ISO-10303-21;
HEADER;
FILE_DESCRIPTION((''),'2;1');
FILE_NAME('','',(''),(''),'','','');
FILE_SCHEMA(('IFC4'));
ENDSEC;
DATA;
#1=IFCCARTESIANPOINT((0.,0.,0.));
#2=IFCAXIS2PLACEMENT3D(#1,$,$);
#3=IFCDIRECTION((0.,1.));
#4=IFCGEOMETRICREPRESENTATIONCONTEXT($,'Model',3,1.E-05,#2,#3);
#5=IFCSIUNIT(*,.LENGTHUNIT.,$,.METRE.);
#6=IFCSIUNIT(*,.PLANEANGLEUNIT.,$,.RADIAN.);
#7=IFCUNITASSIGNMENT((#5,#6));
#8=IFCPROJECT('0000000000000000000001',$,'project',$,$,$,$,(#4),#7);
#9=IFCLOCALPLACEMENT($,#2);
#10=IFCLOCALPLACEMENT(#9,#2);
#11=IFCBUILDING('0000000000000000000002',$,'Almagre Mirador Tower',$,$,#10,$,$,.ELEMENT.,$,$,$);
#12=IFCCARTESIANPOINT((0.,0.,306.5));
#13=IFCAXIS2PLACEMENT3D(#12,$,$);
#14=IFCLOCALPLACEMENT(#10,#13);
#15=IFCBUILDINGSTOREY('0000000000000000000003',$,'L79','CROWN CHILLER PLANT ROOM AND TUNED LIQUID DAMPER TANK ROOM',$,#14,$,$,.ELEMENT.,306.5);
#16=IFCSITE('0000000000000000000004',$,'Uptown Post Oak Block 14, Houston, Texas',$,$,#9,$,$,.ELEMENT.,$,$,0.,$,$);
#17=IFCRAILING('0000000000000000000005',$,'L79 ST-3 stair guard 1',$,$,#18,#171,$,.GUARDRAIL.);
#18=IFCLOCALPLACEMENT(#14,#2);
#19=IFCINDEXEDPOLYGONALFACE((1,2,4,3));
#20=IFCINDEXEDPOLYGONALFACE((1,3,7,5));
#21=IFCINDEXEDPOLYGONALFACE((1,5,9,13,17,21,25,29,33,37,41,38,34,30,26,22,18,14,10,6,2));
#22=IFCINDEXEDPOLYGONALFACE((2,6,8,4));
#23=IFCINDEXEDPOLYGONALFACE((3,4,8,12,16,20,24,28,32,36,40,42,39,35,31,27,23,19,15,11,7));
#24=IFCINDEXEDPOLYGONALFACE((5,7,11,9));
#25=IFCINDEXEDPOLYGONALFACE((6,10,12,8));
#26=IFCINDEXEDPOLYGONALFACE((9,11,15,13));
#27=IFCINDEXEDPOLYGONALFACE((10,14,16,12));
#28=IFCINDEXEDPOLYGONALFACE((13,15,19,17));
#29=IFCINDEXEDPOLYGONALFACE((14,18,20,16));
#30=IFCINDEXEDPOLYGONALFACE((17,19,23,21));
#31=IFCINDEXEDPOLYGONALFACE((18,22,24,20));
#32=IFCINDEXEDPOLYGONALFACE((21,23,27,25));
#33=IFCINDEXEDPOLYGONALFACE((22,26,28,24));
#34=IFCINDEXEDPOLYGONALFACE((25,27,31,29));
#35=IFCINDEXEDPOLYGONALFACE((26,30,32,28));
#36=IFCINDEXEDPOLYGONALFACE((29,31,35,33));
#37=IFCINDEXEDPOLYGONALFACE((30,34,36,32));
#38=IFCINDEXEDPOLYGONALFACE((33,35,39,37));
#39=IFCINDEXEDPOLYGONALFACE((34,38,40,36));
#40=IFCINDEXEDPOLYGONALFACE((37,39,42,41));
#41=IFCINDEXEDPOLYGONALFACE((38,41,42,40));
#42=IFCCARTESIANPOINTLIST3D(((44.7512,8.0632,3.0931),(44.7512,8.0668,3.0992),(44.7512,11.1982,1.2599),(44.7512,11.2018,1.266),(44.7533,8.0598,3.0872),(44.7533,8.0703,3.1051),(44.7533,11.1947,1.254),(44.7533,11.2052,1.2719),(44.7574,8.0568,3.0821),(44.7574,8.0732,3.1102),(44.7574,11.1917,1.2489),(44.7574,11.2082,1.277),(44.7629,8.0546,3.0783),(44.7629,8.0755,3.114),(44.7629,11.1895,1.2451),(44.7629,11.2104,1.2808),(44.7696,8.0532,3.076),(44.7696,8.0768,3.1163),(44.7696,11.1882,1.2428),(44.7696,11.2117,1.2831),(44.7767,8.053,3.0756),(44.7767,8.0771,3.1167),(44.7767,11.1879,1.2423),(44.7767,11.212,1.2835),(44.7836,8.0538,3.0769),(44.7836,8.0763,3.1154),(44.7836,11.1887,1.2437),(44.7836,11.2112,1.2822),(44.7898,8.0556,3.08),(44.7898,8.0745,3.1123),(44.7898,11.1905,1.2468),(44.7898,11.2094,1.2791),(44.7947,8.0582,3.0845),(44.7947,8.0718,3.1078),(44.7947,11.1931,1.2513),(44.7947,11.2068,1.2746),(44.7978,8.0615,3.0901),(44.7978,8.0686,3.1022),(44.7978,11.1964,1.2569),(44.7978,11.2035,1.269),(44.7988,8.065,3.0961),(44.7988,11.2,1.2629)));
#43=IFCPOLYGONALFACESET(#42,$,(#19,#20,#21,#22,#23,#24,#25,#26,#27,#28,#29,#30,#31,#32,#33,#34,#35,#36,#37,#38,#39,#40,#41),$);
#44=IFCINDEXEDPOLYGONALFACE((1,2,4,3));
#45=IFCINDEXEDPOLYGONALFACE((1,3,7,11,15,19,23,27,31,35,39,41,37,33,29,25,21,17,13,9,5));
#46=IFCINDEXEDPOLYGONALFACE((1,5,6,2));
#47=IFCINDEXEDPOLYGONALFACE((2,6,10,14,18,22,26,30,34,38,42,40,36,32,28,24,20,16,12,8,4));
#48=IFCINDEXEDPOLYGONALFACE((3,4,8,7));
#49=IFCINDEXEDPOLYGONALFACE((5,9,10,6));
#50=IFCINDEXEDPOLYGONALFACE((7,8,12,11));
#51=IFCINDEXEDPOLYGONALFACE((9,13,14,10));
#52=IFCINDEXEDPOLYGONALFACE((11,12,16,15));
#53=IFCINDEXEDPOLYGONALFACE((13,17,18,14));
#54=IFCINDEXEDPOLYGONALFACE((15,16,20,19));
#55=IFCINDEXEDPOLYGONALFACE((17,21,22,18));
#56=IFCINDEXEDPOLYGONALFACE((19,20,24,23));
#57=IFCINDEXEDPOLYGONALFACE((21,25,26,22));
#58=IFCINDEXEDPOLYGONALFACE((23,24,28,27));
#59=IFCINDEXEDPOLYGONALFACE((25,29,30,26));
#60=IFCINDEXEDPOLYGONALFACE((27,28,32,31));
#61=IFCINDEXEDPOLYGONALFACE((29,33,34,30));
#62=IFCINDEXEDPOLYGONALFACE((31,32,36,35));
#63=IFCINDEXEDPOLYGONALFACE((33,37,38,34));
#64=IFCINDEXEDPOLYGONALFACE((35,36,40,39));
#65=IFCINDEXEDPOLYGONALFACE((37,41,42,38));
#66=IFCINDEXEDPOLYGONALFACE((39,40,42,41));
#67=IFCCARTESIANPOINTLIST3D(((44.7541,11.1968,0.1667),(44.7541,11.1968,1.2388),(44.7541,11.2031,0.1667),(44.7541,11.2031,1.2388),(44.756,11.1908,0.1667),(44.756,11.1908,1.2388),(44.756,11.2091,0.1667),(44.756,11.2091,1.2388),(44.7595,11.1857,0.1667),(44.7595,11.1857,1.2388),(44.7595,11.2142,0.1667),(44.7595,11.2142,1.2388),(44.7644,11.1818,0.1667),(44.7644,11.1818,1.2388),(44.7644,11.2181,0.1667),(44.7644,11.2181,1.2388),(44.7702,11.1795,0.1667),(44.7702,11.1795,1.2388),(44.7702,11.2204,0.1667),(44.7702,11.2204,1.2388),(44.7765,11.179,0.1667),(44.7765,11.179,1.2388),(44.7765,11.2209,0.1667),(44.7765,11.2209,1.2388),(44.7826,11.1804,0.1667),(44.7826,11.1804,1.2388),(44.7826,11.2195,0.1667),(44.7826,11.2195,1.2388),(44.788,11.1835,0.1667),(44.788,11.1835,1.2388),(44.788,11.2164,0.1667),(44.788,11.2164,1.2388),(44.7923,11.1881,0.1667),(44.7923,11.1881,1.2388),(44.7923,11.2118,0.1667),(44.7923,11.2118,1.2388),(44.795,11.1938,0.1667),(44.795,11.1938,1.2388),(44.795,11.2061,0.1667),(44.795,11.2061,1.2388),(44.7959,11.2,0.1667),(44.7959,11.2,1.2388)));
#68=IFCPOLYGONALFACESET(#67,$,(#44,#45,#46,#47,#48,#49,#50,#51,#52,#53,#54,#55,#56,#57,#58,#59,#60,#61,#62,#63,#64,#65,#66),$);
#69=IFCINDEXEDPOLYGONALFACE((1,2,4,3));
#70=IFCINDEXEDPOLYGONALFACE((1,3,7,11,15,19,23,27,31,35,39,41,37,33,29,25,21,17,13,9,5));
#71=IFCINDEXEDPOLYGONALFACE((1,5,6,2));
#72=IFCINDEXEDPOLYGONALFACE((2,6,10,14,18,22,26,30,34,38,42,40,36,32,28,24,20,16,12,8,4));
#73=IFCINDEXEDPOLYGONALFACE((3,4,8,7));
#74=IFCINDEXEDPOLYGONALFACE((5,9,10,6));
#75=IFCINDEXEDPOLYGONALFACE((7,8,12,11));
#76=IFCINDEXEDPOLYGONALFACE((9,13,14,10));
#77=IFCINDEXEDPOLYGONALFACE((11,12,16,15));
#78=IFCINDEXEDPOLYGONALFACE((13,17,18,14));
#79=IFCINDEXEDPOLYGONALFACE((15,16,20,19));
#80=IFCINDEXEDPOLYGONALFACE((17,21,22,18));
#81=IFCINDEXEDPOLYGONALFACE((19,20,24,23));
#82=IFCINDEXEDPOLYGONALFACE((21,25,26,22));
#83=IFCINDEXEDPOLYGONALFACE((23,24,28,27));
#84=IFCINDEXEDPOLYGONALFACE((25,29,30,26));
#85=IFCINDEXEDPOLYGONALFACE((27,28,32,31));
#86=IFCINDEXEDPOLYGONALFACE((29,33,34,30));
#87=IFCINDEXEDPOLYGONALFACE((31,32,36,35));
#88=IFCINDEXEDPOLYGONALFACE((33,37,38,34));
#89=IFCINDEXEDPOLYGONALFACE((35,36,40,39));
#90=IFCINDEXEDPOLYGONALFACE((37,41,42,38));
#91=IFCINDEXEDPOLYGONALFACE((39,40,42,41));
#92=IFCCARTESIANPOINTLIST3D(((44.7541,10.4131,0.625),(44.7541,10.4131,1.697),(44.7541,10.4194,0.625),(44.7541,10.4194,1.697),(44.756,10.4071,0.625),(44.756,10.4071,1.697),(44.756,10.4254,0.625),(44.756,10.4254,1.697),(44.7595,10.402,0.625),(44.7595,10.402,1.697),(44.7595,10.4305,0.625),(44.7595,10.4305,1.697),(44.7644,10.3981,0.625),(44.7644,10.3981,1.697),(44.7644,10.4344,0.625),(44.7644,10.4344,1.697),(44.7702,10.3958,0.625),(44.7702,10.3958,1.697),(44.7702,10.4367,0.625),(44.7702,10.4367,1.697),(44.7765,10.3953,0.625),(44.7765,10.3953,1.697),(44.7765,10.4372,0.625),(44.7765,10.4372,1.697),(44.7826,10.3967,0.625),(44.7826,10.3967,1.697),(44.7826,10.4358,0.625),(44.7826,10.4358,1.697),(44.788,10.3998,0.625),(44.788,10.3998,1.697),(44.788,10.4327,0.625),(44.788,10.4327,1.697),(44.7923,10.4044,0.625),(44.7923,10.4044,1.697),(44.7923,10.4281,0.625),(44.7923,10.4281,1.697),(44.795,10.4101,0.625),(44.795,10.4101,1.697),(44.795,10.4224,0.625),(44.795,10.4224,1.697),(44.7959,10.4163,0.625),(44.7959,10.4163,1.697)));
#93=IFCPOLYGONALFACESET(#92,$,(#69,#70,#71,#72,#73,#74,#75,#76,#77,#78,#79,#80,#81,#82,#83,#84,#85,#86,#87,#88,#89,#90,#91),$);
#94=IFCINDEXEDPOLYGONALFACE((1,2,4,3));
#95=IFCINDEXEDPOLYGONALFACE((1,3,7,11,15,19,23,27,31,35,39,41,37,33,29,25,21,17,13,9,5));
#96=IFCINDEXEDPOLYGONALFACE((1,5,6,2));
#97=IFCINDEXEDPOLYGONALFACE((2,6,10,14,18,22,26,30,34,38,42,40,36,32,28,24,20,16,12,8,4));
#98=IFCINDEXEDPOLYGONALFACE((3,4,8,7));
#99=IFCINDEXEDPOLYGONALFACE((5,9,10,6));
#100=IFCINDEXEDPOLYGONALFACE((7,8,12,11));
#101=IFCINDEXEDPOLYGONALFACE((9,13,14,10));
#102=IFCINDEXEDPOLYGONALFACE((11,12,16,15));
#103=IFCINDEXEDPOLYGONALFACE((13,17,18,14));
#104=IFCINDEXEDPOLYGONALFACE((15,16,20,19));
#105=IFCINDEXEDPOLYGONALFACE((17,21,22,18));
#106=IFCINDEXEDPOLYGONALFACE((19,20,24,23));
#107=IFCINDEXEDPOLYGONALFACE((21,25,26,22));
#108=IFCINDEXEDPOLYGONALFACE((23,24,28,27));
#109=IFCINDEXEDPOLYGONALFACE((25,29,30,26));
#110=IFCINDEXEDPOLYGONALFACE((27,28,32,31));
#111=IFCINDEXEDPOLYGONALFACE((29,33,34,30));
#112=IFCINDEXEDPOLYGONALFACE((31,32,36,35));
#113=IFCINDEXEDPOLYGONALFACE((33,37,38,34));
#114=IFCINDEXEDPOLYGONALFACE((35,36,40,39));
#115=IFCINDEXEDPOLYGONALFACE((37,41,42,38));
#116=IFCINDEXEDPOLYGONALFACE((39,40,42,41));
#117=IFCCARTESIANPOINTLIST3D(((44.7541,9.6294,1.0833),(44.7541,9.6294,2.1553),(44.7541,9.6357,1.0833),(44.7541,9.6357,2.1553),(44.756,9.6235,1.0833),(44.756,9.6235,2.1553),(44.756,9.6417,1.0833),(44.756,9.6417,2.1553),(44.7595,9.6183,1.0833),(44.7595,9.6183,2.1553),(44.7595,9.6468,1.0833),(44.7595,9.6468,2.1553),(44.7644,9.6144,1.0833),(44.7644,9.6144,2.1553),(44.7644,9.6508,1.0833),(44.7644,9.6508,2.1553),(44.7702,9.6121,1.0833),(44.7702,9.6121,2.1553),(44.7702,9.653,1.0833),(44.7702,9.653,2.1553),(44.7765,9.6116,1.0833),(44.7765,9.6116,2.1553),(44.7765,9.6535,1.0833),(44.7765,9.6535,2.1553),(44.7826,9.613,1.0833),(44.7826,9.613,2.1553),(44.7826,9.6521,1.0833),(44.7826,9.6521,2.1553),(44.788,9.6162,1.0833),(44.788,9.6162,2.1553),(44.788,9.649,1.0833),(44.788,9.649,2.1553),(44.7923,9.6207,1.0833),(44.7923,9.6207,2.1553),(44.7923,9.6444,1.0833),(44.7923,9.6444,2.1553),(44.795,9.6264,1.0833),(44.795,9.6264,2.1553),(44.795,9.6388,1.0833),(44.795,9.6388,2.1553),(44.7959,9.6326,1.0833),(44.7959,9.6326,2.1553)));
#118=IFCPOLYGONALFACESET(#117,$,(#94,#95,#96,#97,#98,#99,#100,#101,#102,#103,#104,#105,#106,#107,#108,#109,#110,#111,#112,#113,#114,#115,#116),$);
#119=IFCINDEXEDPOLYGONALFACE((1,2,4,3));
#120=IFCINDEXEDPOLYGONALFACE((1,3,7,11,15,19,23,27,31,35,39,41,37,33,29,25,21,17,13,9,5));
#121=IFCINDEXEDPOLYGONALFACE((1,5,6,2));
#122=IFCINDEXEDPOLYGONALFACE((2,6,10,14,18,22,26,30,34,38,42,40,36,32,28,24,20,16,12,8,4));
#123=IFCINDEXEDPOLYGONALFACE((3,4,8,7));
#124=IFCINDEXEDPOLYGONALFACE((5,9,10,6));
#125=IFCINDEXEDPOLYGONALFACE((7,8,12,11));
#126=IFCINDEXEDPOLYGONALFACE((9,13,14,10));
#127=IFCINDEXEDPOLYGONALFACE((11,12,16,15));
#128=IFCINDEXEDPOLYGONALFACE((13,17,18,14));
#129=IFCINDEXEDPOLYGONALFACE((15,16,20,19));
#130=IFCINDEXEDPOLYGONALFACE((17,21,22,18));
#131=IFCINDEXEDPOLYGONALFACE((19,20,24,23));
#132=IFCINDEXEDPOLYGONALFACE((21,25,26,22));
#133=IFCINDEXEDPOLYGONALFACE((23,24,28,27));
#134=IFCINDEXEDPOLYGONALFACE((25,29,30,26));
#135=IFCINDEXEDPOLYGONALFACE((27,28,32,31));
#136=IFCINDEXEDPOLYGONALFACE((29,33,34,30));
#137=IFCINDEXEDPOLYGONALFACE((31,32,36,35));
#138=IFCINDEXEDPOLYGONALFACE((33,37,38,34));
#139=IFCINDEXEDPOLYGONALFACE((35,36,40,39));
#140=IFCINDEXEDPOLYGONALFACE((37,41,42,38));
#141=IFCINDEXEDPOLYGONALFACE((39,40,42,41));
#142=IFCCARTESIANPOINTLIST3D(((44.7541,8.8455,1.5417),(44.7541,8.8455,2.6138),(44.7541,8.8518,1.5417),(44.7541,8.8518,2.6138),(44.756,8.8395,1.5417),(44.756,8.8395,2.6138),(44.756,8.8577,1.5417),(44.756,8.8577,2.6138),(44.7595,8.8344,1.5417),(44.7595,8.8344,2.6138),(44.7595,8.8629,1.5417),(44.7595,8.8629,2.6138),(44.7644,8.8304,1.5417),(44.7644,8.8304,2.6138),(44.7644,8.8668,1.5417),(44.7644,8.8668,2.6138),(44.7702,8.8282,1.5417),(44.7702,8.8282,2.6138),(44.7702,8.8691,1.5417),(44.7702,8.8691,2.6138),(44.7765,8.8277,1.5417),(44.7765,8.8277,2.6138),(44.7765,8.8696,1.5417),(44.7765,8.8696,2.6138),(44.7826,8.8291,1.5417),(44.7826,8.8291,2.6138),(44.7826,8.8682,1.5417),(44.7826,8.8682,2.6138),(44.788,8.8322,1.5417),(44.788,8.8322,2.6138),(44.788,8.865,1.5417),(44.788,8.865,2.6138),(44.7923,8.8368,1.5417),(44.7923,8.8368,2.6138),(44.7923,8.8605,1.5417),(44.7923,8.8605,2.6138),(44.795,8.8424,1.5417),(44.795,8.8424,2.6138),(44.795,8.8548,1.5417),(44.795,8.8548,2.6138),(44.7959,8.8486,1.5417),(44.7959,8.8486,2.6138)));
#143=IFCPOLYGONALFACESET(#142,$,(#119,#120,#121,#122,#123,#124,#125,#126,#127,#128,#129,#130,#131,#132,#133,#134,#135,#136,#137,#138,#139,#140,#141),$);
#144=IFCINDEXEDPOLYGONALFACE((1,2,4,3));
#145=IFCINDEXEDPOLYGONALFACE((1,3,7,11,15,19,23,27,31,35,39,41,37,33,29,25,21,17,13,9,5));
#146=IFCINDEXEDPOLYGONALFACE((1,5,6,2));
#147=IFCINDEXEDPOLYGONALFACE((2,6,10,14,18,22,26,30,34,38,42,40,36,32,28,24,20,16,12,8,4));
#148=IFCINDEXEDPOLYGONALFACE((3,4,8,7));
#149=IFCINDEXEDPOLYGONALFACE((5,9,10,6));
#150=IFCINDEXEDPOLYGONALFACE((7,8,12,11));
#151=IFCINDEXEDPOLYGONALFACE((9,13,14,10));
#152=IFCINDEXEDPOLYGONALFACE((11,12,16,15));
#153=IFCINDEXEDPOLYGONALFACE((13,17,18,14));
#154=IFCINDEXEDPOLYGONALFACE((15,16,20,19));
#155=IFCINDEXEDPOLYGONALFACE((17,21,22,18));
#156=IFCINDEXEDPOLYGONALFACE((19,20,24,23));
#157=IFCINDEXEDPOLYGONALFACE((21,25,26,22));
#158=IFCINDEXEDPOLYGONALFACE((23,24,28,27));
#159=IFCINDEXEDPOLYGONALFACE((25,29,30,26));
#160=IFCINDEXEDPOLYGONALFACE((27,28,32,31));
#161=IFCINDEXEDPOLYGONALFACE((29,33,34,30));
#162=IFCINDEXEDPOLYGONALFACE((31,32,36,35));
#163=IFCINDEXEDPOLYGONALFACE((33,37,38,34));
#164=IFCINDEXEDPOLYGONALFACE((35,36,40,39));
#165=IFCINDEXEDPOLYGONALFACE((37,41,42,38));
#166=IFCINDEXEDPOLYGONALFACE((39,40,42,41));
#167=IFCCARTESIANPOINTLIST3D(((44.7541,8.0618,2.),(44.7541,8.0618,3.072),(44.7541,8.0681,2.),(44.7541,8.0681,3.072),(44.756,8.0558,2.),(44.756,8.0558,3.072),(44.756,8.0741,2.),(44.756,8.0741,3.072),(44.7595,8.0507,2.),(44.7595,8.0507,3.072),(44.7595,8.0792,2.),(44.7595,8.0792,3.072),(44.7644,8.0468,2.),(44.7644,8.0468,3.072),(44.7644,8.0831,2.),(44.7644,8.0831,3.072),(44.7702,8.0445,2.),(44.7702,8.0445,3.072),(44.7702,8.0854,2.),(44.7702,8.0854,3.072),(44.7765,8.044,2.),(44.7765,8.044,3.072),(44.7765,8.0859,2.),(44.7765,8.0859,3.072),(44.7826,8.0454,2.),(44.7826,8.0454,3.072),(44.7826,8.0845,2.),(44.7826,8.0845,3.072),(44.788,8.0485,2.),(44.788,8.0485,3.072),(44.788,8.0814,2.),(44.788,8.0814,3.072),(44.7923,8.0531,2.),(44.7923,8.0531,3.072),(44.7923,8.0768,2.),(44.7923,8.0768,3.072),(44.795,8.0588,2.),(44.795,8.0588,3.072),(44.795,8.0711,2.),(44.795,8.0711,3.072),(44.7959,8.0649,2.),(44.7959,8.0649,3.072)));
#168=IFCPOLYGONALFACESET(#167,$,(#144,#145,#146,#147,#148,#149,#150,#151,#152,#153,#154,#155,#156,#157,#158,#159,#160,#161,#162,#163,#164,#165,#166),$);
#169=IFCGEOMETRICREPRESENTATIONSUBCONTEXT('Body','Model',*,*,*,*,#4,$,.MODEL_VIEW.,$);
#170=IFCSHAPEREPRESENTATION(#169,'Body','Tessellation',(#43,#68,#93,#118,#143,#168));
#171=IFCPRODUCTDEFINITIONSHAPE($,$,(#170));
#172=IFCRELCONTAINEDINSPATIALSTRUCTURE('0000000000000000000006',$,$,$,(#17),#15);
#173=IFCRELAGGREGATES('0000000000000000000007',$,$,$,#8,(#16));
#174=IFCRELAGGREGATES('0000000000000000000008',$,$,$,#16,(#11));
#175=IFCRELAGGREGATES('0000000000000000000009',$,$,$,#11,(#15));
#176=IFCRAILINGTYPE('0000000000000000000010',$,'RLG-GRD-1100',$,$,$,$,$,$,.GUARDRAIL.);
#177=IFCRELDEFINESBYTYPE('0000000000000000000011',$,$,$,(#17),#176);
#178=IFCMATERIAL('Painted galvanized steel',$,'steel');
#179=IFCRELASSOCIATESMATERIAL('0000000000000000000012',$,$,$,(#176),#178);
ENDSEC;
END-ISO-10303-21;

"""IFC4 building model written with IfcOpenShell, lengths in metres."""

from ifc_helpers import new_model, si_unit, direction, frame, origin, origin_2d, place, context, subcontext, project, spatial, circle, extrude, material, type_object, element, save


model = new_model("IFC4")

# Units and contexts
model_context = context("Model", 3, precision=1e-05, world=origin(), true_north=direction((0.0, 1.0)))
body_context = subcontext(model_context, "Body", "Model", "MODEL_VIEW")
ifc_project = project(units=[si_unit("LENGTHUNIT", "METRE"), si_unit("PLANEANGLEUNIT", "RADIAN")], contexts=[model_context])

# Site, building, storey
site_placement = place(None, origin())
site = spatial("IfcSite", under=ifc_project, at=site_placement, Name="Uptown Post Oak Block 14, Houston, Texas", CompositionType="ELEMENT", RefElevation=0.0)
building_placement = place(site_placement, origin())
building = spatial("IfcBuilding", under=site, at=building_placement, Name="Almagre Mirador Tower", CompositionType="ELEMENT")
storey_placement = place(building_placement, frame((0.0, 0.0, 306.5)))
storey = spatial("IfcBuildingStorey", under=building, at=storey_placement, Name="L79", Description="CROWN CHILLER PLANT ROOM AND TUNED LIQUID DAMPER TANK ROOM", CompositionType="ELEMENT", Elevation=306.5)

# Railing
ifc_material_1 = material(Name="Painted galvanized steel", Category="steel")
railing_type_1 = type_object("IfcRailingType", Name="RLG-GRD-1100", PredefinedType="GUARDRAIL", material=ifc_material_1)
railing_1_placement = place(storey_placement, frame((44.7749, 11.2, 0.1667)))
element("IfcRailing", 1, at=railing_1_placement, inside=storey, type_object=railing_type_1, Name="L79 ST-3 stair guard 1", PredefinedType="GUARDRAIL", context=body_context, shape_type="SweptSolid", body=[
    extrude(circle(Radius=0.0239, at=origin_2d()), frame((0.0, 0.0, 1.0962), z_axis=(0.0, -0.86324, 0.504794), x_axis=(1.0, 0.0, 0.0)), (0.0, 0.0, 1.0), 3.6316),
    extrude(circle(Radius=0.021, at=origin_2d()), origin(), (0.0, 0.0, 1.0), 1.072),
    extrude(circle(Radius=0.021, at=origin_2d()), frame((0.0, -0.7837, 0.4583)), (0.0, 0.0, 1.0), 1.072),
    extrude(circle(Radius=0.021, at=origin_2d()), frame((0.0, -1.5674, 0.9165)), (0.0, 0.0, 1.0), 1.072),
    extrude(circle(Radius=0.021, at=origin_2d()), frame((0.0, -2.3513, 1.375)), (0.0, 0.0, 1.0), 1.072),
    extrude(circle(Radius=0.021, at=origin_2d()), frame((0.0, -3.135, 1.8333)), (0.0, 0.0, 1.0), 1.072),
])

save(model, "model.ifc")
